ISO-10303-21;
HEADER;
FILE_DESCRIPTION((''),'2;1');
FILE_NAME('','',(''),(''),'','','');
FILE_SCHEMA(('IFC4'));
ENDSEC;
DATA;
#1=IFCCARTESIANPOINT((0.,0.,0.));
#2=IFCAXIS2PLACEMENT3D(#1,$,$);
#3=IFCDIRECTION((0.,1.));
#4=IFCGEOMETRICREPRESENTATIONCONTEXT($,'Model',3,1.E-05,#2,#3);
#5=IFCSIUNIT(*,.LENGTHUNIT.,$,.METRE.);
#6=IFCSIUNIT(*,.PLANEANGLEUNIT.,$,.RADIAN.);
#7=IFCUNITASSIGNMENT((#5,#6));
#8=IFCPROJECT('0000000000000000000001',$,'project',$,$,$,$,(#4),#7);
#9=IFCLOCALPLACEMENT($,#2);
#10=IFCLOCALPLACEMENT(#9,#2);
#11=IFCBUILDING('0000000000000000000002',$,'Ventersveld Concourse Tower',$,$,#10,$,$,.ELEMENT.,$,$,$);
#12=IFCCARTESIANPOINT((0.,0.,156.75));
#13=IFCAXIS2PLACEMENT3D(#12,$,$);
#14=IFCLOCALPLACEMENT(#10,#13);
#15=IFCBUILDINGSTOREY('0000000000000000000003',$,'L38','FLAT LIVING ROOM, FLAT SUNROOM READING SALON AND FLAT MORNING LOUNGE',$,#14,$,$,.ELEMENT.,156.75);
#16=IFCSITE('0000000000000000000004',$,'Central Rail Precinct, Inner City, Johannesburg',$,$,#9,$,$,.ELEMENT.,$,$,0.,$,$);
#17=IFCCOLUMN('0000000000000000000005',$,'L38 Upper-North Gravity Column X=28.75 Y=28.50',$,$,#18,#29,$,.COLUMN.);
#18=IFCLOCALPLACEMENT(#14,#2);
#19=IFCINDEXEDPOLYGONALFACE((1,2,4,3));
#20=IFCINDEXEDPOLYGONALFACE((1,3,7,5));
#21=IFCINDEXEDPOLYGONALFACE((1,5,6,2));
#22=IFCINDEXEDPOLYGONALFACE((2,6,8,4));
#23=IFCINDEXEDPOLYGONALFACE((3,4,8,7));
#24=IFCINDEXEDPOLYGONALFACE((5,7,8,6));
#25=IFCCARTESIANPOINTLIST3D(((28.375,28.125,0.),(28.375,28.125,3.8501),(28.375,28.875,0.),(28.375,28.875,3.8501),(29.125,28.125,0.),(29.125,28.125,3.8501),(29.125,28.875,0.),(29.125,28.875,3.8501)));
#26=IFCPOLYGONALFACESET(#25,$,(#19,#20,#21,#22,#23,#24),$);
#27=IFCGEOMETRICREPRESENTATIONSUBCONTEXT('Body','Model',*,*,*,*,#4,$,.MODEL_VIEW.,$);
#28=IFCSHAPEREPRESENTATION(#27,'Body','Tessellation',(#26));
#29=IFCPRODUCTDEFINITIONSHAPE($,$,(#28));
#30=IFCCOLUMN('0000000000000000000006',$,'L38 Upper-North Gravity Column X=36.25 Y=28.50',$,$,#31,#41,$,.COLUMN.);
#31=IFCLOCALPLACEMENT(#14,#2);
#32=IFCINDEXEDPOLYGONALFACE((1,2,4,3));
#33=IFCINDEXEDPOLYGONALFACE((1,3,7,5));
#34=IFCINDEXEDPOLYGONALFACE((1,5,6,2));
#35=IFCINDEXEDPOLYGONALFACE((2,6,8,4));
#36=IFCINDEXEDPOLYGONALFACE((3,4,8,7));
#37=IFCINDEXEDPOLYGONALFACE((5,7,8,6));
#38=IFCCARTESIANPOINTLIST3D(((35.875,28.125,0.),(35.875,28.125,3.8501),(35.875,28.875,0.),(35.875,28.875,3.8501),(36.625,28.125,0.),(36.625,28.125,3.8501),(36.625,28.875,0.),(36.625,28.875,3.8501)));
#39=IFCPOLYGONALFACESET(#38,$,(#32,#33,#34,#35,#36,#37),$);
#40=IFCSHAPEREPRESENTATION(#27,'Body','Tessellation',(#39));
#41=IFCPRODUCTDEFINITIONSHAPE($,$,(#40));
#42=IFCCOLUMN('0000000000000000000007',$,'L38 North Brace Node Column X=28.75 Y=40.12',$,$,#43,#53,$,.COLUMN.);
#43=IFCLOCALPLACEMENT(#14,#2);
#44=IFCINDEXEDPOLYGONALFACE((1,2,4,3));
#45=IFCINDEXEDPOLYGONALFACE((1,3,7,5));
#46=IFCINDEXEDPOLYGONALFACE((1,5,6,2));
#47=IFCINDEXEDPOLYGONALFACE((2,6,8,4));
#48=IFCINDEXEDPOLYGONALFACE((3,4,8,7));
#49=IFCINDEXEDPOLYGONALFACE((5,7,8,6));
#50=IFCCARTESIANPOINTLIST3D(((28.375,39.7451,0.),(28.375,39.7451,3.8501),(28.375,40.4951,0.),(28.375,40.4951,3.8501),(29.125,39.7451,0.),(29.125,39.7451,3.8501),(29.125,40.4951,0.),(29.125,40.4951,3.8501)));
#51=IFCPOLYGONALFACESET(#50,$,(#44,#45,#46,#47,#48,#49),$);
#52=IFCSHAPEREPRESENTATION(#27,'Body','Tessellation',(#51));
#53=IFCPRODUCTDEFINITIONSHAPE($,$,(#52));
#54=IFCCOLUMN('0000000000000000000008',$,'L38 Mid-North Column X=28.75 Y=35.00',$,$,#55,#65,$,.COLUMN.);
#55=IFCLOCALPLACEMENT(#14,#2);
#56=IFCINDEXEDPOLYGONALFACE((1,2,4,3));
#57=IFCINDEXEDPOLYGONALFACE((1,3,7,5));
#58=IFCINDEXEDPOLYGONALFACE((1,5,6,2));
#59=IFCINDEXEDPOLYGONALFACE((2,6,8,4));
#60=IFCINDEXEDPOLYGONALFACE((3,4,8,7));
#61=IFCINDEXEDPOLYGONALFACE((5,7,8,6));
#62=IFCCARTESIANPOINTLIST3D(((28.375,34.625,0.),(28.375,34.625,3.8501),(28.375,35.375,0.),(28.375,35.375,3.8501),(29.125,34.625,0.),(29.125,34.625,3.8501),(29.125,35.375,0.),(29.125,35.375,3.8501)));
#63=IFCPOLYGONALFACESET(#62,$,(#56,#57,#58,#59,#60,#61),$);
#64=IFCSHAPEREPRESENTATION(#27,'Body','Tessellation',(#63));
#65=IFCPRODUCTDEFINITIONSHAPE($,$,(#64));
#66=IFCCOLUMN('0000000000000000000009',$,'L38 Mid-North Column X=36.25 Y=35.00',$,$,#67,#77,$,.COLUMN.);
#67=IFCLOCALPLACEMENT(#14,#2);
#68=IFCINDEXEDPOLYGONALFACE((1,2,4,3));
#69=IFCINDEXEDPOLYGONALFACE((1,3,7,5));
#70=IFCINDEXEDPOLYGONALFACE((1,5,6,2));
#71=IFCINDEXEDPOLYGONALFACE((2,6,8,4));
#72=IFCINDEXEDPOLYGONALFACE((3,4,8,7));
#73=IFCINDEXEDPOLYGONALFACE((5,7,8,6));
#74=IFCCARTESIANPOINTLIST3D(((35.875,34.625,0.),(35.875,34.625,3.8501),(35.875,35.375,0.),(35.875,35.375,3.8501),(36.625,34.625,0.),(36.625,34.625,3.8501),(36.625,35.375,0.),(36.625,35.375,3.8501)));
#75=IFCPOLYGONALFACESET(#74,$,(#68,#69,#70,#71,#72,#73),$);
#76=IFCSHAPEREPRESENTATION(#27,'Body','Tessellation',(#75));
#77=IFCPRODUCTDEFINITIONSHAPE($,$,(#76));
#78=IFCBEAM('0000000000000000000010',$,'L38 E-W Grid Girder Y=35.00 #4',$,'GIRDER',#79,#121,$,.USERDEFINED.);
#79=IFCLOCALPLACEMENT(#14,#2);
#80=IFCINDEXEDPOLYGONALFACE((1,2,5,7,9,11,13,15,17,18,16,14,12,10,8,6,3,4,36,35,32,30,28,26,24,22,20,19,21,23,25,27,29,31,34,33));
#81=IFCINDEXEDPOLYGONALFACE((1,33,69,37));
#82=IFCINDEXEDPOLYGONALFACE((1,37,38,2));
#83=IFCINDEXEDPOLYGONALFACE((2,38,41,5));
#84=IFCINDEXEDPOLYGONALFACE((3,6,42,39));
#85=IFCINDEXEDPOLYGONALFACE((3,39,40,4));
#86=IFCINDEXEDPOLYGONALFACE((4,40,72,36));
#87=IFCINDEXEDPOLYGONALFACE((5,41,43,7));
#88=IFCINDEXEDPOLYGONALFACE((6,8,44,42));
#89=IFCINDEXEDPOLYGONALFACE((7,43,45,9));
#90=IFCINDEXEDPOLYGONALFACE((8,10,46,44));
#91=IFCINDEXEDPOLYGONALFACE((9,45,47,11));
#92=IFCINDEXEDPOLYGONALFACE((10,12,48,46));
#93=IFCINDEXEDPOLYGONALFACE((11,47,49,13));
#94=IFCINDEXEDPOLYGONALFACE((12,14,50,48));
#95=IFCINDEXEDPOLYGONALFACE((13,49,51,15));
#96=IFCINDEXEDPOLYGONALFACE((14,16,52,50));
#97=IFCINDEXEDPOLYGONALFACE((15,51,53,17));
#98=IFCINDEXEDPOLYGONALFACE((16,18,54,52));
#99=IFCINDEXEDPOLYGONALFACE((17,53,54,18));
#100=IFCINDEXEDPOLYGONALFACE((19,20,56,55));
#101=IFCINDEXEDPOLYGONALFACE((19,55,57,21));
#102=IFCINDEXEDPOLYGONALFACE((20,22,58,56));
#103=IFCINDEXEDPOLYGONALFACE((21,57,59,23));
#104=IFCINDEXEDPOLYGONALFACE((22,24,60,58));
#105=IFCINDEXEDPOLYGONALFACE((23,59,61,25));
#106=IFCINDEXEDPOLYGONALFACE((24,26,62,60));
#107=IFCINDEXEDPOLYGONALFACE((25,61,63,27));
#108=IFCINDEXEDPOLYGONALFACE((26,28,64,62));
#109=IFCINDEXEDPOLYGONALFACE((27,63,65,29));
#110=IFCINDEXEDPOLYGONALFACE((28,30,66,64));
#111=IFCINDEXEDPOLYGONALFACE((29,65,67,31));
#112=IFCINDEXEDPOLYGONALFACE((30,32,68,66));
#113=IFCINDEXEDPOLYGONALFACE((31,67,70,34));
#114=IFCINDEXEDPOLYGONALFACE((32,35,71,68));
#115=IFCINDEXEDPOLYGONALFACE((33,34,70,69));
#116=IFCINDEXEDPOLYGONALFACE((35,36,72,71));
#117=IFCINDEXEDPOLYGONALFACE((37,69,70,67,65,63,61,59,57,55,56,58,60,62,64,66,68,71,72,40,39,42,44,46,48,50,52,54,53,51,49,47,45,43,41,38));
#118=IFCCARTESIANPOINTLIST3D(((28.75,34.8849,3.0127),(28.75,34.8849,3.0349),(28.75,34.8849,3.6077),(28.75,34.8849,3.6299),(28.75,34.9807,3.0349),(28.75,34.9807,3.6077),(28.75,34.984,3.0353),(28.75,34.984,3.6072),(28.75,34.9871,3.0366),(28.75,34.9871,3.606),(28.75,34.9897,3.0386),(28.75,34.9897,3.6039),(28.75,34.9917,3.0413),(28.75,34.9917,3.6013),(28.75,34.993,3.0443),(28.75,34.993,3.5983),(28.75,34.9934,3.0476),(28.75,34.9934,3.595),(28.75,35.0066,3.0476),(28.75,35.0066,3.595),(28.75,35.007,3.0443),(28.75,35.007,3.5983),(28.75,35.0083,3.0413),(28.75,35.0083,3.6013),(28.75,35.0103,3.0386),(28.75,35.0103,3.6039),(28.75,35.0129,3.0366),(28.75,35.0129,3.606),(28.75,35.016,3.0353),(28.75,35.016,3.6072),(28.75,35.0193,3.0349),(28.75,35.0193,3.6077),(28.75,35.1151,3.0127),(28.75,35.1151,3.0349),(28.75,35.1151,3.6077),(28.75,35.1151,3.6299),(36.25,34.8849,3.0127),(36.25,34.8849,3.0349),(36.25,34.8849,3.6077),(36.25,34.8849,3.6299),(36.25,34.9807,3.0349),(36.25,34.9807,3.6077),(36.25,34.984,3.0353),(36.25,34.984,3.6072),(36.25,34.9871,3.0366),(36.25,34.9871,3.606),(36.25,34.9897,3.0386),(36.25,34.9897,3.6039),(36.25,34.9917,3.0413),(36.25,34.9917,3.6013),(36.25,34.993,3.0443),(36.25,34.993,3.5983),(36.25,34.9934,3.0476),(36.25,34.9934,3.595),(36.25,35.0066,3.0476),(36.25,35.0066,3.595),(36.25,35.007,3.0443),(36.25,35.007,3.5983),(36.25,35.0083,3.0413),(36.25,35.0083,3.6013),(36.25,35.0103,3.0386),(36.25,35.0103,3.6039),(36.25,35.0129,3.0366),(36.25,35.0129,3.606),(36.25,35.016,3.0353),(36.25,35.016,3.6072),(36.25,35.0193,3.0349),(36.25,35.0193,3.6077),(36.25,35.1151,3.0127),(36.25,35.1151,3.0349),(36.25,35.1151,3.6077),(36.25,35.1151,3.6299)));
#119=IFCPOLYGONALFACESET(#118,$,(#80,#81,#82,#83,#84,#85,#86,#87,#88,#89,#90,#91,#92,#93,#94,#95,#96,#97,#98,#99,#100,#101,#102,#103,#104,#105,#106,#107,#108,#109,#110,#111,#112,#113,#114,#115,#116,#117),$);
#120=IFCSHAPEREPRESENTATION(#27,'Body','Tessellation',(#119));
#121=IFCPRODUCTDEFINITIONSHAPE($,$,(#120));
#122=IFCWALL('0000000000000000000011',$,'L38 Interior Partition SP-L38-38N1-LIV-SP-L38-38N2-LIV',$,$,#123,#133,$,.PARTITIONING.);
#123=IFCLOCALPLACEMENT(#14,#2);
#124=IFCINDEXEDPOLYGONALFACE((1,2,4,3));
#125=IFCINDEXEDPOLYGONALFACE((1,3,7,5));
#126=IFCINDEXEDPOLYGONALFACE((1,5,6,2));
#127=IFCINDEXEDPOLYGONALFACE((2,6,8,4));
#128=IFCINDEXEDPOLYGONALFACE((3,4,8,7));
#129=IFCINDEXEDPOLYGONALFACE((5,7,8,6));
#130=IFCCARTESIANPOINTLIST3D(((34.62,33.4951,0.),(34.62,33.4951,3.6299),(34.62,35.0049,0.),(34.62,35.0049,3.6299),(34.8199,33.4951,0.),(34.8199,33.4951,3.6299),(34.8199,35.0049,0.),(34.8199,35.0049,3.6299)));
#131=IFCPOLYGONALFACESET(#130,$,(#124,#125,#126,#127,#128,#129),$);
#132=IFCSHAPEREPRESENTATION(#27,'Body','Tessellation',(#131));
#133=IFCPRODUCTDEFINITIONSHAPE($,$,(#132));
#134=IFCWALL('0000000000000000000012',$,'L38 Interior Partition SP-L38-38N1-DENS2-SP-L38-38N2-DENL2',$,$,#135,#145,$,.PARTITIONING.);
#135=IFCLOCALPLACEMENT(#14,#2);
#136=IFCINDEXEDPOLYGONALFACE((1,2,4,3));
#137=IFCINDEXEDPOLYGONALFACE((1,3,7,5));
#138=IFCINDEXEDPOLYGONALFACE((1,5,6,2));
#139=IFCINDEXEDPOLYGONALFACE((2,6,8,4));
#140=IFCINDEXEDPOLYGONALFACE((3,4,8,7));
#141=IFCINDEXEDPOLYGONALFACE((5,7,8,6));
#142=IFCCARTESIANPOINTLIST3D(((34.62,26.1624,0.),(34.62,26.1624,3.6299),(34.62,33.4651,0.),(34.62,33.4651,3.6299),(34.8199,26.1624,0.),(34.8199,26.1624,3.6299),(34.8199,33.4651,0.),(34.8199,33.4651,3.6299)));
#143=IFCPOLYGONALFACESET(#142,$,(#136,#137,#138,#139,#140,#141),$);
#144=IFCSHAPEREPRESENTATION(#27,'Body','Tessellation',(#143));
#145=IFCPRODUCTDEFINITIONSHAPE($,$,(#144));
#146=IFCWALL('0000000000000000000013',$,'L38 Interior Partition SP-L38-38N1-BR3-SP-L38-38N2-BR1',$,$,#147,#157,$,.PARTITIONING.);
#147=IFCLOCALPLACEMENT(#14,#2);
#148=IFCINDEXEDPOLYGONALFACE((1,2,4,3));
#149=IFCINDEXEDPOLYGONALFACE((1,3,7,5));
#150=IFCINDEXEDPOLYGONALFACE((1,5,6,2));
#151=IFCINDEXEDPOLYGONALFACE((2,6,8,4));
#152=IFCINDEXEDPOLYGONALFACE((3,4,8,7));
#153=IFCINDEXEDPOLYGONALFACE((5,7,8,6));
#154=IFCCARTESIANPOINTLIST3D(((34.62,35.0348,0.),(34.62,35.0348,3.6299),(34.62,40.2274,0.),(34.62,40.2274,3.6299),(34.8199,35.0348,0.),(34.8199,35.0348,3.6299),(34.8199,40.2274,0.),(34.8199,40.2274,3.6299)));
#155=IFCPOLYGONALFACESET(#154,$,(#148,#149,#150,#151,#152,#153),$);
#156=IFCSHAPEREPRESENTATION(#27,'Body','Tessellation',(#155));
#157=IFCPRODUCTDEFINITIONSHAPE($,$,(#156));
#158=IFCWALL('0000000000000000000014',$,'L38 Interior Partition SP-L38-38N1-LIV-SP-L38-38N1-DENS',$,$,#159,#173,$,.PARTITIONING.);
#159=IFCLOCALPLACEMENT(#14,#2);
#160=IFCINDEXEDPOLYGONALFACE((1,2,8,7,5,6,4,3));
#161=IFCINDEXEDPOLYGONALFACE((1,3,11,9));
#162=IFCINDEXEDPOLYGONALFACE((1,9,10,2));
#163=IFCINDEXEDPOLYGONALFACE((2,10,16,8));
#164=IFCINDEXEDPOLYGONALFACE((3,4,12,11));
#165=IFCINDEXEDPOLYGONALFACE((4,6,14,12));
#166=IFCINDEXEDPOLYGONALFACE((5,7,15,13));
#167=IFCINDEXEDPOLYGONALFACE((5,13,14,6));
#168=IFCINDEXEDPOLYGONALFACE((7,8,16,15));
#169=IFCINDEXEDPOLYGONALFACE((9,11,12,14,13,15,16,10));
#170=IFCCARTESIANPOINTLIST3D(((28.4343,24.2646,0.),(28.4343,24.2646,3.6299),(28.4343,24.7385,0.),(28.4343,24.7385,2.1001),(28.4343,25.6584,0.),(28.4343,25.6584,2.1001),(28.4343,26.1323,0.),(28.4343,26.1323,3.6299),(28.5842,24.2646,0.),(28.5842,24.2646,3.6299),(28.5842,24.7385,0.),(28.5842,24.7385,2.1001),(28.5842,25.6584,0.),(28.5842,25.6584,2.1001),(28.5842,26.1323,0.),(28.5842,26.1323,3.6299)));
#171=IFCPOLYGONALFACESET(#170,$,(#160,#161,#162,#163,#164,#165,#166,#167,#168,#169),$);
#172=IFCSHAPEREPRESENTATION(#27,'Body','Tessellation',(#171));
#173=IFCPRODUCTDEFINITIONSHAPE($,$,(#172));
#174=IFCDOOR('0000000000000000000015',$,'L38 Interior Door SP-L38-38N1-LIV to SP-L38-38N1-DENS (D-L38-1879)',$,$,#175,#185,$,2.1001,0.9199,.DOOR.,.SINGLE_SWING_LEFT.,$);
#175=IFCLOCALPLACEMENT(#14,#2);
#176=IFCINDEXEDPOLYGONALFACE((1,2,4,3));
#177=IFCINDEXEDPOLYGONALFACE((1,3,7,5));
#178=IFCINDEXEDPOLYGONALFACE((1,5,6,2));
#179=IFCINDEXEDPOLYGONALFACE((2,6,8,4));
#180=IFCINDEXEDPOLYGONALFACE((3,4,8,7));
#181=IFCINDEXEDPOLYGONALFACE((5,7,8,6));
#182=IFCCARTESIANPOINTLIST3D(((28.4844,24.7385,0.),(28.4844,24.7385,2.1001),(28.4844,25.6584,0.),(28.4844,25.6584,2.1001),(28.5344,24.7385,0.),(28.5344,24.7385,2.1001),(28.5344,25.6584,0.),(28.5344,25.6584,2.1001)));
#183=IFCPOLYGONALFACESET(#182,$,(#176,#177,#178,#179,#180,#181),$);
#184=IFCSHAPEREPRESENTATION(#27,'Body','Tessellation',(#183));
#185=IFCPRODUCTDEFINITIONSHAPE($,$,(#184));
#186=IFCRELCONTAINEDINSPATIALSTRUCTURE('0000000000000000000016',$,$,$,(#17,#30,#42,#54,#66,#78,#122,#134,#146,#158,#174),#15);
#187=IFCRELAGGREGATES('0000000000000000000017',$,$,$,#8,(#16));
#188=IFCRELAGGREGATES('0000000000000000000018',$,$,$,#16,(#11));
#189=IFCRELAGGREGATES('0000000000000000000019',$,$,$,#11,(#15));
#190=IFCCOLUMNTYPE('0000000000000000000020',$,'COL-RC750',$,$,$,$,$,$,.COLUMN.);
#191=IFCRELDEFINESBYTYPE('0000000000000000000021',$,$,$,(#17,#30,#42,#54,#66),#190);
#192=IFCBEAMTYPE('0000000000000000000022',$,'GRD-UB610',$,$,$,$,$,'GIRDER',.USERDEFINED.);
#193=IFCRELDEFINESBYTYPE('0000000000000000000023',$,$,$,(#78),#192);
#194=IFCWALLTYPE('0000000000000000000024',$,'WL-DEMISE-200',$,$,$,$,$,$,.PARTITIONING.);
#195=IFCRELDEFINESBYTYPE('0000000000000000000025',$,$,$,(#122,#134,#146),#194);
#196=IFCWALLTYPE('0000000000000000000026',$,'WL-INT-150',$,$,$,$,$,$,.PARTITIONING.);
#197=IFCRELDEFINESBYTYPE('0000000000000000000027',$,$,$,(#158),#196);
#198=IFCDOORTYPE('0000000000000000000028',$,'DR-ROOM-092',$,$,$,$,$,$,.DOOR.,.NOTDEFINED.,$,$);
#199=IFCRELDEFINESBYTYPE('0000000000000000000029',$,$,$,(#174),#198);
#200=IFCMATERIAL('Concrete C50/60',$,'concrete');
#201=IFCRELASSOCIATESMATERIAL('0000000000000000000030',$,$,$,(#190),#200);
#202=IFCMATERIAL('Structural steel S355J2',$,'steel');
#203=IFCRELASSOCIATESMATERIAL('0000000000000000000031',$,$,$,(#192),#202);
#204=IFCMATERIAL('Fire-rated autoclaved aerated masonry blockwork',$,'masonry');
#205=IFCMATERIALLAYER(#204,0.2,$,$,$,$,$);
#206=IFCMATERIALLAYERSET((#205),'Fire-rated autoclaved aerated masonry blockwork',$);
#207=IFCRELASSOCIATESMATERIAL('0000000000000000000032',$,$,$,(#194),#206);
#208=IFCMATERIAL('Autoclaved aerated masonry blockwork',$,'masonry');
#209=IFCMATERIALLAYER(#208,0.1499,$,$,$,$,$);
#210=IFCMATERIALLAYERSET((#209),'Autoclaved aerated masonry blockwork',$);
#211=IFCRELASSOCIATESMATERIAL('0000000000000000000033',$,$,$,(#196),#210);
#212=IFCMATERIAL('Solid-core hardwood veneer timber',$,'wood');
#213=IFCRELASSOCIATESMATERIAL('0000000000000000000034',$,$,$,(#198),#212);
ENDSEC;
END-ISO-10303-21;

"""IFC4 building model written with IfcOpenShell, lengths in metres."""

from ifc_helpers import new_model, si_unit, direction, frame, frame_2d, origin, origin_2d, place, context, subcontext, project, spatial, rectangle, i_section, extrude, material, layer, layer_set, material_profile, profile_set, type_object, element, fill, save


model = new_model("IFC4")

# Units and contexts
model_context = context("Model", 3, precision=1e-05, world=origin(), true_north=direction((0.0, 1.0)))
body_context = subcontext(model_context, "Body", "Model", "MODEL_VIEW")
ifc_project = project(units=[si_unit("LENGTHUNIT", "METRE"), si_unit("PLANEANGLEUNIT", "RADIAN")], contexts=[model_context])

# Site, building, storey
site_placement = place(None, origin())
site = spatial("IfcSite", under=ifc_project, at=site_placement, Name="Central Rail Precinct, Inner City, Johannesburg", CompositionType="ELEMENT", RefElevation=0.0)
building_placement = place(site_placement, origin())
building = spatial("IfcBuilding", under=site, at=building_placement, Name="Ventersveld Concourse Tower", CompositionType="ELEMENT")
storey_placement = place(building_placement, frame((0.0, 0.0, 156.75)))
storey = spatial("IfcBuildingStorey", under=building, at=storey_placement, Name="L38", Description="FLAT LIVING ROOM, FLAT SUNROOM READING SALON AND FLAT MORNING LOUNGE", CompositionType="ELEMENT", Elevation=156.75)

# Columns
ifc_material_1 = material(Name="Concrete C50/60", Category="concrete")
ifc_material_profile_1 = material_profile(ifc_material_1, rectangle(XDim=0.75, YDim=0.75, at=origin_2d()), Name="RC 750x750")
ifc_profile_set_1 = profile_set([ifc_material_profile_1], Name="Concrete C50/60")
column_type = type_object("IfcColumnType", Name="COL-RC750", PredefinedType="COLUMN", material=ifc_profile_set_1)
for number, where, z_axis, x_axis, name in (
    (1, (28.75, 28.5, 0.0), (0.0, 0.0, 1.0), (1.0, 0.0, 0.0), "L38 Upper-North Gravity Column X=28.75 Y=28.50"),
    (2, (36.25, 28.5, 0.0), (0.0, 0.0, 1.0), (1.0, 0.0, 0.0), "L38 Upper-North Gravity Column X=36.25 Y=28.50"),
    (3, (28.75, 40.1201, 0.0), (0.0, 0.0, 1.0), (1.0, 0.0, 0.0), "L38 North Brace Node Column X=28.75 Y=40.12"),
    (4, (28.75, 35.0, 0.0), (0.0, 0.0, 1.0), (1.0, 0.0, 0.0), "L38 Mid-North Column X=28.75 Y=35.00"),
    (5, (36.25, 35.0, 0.0), (0.0, 0.0, 1.0), (1.0, 0.0, 0.0), "L38 Mid-North Column X=36.25 Y=35.00"),
):
    element("IfcColumn", number, at=place(storey_placement, frame(where, z_axis=z_axis, x_axis=x_axis)), inside=storey, type_object=column_type, Name=name, PredefinedType="COLUMN", context=body_context, shape_type="SweptSolid", body=[
        extrude(rectangle(XDim=0.75, YDim=0.75, at=origin_2d()), origin(), (0.0, 0.0, 1.0), 3.8501),
    ])

# Beam
ifc_material_2 = material(Name="Structural steel S355J2", Category="steel")
ifc_material_profile_2 = material_profile(ifc_material_2, i_section(OverallWidth=0.2302, OverallDepth=0.6172, WebThickness=0.0132, FlangeThickness=0.0222, FilletRadius=0.0127, at=origin_2d()), Name="UB 610x229x140")
ifc_profile_set_2 = profile_set([ifc_material_profile_2], Name="Structural steel S355J2")
beam_type = type_object("IfcBeamType", Name="GRD-UB610", ElementType="GIRDER", PredefinedType="USERDEFINED", material=ifc_profile_set_2)
beam_placement = place(storey_placement, frame((28.75, 35.0, 3.3213), z_axis=(1.0, 0.0, 0.0), x_axis=(0.0, 1.0, 0.0)))
element("IfcBeam", 6, at=beam_placement, inside=storey, type_object=beam_type, Name="L38 E-W Grid Girder Y=35.00 #4", ObjectType="GIRDER", PredefinedType="USERDEFINED", context=body_context, shape_type="SweptSolid", body=[
    extrude(i_section(OverallWidth=0.2302, OverallDepth=0.6172, WebThickness=0.0132, FlangeThickness=0.0222, FilletRadius=0.0127, at=origin_2d()), origin(), (0.0, 0.0, 1.0), 7.5),
])

# Walls
ifc_material_3 = material(Name="Fire-rated autoclaved aerated masonry blockwork", Category="masonry")
ifc_layer_1 = layer(ifc_material_3, 0.2)
ifc_layer_set_1 = layer_set([ifc_layer_1], Name="Fire-rated autoclaved aerated masonry blockwork")
wall_type_1 = type_object("IfcWallType", Name="WL-DEMISE-200", PredefinedType="PARTITIONING", material=ifc_layer_set_1)
wall_1_placement = place(storey_placement, frame((34.72, 33.4951, 0.0), z_axis=(0.0, 0.0, 1.0), x_axis=(0.0, 1.0, 0.0)))
element("IfcWall", 7, at=wall_1_placement, inside=storey, type_object=wall_type_1, Name="L38 Interior Partition SP-L38-38N1-LIV-SP-L38-38N2-LIV", PredefinedType="PARTITIONING", context=body_context, shape_type="SweptSolid", body=[
    extrude(rectangle(XDim=1.5098, YDim=0.2, at=frame_2d((0.7549, 0.0))), origin(), (0.0, 0.0, 1.0), 3.6299),
])
wall_2_placement = place(storey_placement, frame((34.72, 26.1624, 0.0), z_axis=(0.0, 0.0, 1.0), x_axis=(0.0, 1.0, 0.0)))
element("IfcWall", 8, at=wall_2_placement, inside=storey, type_object=wall_type_1, Name="L38 Interior Partition SP-L38-38N1-DENS2-SP-L38-38N2-DENL2", PredefinedType="PARTITIONING", context=body_context, shape_type="SweptSolid", body=[
    extrude(rectangle(XDim=7.3027, YDim=0.2, at=frame_2d((3.6514, 0.0))), origin(), (0.0, 0.0, 1.0), 3.6299),
])
wall_3_placement = place(storey_placement, frame((34.72, 35.0349, 0.0), z_axis=(0.0, 0.0, 1.0), x_axis=(0.0, 1.0, 0.0)))
element("IfcWall", 9, at=wall_3_placement, inside=storey, type_object=wall_type_1, Name="L38 Interior Partition SP-L38-38N1-BR3-SP-L38-38N2-BR1", PredefinedType="PARTITIONING", context=body_context, shape_type="SweptSolid", body=[
    extrude(rectangle(XDim=5.1926, YDim=0.2, at=frame_2d((2.5962, 0.0))), origin(), (0.0, 0.0, 1.0), 3.6299),
])

# Wall, opening, door
ifc_material_4 = material(Name="Autoclaved aerated masonry blockwork", Category="masonry")
ifc_layer_2 = layer(ifc_material_4, 0.1499)
ifc_layer_set_2 = layer_set([ifc_layer_2], Name="Autoclaved aerated masonry blockwork")
wall_type_2 = type_object("IfcWallType", Name="WL-INT-150", PredefinedType="PARTITIONING", material=ifc_layer_set_2)
wall_4_placement = place(storey_placement, frame((28.5093, 24.2646, 0.0), z_axis=(0.0, 0.0, 1.0), x_axis=(0.0, 1.0, 0.0)))
wall_4 = element("IfcWall", 10, at=wall_4_placement, inside=storey, type_object=wall_type_2, Name="L38 Interior Partition SP-L38-38N1-LIV-SP-L38-38N1-DENS", PredefinedType="PARTITIONING", context=body_context, shape_type="SweptSolid", body=[
    extrude(rectangle(XDim=1.8677, YDim=0.1499, at=frame_2d((0.9338, 0.0))), origin(), (0.0, 0.0, 1.0), 3.6299),
])
opening_1_placement = place(wall_4_placement, frame((0.4739, 0.0, 0.0)))
opening_1 = element("IfcOpeningElement", 11, at=opening_1_placement, cuts=wall_4, PredefinedType="OPENING", context=body_context, shape_type="SweptSolid", body=[
    extrude(rectangle(XDim=0.9199, YDim=2.1001, at=frame_2d((0.46, 1.05))), frame((0.0, 0.085, 0.0), z_axis=(0.0, -1.0, 0.0), x_axis=(1.0, 0.0, 0.0)), (0.0, 0.0, 1.0), 0.1699),
])
ifc_material_5 = material(Name="Solid-core hardwood veneer timber", Category="wood")
door_type = type_object("IfcDoorType", Name="DR-ROOM-092", OperationType="NOTDEFINED", PredefinedType="DOOR", material=ifc_material_5)
door_1_placement = place(opening_1_placement, origin())
door_1 = element("IfcDoor", 12, at=door_1_placement, inside=storey, type_object=door_type, Name="L38 Interior Door SP-L38-38N1-LIV to SP-L38-38N1-DENS (D-L38-1879)", OperationType="SINGLE_SWING_LEFT", OverallHeight=2.1001, OverallWidth=0.9199, PredefinedType="DOOR", context=body_context, shape_type="SweptSolid", body=[
    extrude(rectangle(XDim=0.9199, YDim=2.1001, at=frame_2d((0.46, 1.05))), frame((0.0, 0.0249, 0.0), z_axis=(0.0, -1.0, 0.0), x_axis=(1.0, 0.0, 0.0)), (0.0, 0.0, 1.0), 0.05),
])
fill(opening_1, door_1)

save(model, "model.ifc")
